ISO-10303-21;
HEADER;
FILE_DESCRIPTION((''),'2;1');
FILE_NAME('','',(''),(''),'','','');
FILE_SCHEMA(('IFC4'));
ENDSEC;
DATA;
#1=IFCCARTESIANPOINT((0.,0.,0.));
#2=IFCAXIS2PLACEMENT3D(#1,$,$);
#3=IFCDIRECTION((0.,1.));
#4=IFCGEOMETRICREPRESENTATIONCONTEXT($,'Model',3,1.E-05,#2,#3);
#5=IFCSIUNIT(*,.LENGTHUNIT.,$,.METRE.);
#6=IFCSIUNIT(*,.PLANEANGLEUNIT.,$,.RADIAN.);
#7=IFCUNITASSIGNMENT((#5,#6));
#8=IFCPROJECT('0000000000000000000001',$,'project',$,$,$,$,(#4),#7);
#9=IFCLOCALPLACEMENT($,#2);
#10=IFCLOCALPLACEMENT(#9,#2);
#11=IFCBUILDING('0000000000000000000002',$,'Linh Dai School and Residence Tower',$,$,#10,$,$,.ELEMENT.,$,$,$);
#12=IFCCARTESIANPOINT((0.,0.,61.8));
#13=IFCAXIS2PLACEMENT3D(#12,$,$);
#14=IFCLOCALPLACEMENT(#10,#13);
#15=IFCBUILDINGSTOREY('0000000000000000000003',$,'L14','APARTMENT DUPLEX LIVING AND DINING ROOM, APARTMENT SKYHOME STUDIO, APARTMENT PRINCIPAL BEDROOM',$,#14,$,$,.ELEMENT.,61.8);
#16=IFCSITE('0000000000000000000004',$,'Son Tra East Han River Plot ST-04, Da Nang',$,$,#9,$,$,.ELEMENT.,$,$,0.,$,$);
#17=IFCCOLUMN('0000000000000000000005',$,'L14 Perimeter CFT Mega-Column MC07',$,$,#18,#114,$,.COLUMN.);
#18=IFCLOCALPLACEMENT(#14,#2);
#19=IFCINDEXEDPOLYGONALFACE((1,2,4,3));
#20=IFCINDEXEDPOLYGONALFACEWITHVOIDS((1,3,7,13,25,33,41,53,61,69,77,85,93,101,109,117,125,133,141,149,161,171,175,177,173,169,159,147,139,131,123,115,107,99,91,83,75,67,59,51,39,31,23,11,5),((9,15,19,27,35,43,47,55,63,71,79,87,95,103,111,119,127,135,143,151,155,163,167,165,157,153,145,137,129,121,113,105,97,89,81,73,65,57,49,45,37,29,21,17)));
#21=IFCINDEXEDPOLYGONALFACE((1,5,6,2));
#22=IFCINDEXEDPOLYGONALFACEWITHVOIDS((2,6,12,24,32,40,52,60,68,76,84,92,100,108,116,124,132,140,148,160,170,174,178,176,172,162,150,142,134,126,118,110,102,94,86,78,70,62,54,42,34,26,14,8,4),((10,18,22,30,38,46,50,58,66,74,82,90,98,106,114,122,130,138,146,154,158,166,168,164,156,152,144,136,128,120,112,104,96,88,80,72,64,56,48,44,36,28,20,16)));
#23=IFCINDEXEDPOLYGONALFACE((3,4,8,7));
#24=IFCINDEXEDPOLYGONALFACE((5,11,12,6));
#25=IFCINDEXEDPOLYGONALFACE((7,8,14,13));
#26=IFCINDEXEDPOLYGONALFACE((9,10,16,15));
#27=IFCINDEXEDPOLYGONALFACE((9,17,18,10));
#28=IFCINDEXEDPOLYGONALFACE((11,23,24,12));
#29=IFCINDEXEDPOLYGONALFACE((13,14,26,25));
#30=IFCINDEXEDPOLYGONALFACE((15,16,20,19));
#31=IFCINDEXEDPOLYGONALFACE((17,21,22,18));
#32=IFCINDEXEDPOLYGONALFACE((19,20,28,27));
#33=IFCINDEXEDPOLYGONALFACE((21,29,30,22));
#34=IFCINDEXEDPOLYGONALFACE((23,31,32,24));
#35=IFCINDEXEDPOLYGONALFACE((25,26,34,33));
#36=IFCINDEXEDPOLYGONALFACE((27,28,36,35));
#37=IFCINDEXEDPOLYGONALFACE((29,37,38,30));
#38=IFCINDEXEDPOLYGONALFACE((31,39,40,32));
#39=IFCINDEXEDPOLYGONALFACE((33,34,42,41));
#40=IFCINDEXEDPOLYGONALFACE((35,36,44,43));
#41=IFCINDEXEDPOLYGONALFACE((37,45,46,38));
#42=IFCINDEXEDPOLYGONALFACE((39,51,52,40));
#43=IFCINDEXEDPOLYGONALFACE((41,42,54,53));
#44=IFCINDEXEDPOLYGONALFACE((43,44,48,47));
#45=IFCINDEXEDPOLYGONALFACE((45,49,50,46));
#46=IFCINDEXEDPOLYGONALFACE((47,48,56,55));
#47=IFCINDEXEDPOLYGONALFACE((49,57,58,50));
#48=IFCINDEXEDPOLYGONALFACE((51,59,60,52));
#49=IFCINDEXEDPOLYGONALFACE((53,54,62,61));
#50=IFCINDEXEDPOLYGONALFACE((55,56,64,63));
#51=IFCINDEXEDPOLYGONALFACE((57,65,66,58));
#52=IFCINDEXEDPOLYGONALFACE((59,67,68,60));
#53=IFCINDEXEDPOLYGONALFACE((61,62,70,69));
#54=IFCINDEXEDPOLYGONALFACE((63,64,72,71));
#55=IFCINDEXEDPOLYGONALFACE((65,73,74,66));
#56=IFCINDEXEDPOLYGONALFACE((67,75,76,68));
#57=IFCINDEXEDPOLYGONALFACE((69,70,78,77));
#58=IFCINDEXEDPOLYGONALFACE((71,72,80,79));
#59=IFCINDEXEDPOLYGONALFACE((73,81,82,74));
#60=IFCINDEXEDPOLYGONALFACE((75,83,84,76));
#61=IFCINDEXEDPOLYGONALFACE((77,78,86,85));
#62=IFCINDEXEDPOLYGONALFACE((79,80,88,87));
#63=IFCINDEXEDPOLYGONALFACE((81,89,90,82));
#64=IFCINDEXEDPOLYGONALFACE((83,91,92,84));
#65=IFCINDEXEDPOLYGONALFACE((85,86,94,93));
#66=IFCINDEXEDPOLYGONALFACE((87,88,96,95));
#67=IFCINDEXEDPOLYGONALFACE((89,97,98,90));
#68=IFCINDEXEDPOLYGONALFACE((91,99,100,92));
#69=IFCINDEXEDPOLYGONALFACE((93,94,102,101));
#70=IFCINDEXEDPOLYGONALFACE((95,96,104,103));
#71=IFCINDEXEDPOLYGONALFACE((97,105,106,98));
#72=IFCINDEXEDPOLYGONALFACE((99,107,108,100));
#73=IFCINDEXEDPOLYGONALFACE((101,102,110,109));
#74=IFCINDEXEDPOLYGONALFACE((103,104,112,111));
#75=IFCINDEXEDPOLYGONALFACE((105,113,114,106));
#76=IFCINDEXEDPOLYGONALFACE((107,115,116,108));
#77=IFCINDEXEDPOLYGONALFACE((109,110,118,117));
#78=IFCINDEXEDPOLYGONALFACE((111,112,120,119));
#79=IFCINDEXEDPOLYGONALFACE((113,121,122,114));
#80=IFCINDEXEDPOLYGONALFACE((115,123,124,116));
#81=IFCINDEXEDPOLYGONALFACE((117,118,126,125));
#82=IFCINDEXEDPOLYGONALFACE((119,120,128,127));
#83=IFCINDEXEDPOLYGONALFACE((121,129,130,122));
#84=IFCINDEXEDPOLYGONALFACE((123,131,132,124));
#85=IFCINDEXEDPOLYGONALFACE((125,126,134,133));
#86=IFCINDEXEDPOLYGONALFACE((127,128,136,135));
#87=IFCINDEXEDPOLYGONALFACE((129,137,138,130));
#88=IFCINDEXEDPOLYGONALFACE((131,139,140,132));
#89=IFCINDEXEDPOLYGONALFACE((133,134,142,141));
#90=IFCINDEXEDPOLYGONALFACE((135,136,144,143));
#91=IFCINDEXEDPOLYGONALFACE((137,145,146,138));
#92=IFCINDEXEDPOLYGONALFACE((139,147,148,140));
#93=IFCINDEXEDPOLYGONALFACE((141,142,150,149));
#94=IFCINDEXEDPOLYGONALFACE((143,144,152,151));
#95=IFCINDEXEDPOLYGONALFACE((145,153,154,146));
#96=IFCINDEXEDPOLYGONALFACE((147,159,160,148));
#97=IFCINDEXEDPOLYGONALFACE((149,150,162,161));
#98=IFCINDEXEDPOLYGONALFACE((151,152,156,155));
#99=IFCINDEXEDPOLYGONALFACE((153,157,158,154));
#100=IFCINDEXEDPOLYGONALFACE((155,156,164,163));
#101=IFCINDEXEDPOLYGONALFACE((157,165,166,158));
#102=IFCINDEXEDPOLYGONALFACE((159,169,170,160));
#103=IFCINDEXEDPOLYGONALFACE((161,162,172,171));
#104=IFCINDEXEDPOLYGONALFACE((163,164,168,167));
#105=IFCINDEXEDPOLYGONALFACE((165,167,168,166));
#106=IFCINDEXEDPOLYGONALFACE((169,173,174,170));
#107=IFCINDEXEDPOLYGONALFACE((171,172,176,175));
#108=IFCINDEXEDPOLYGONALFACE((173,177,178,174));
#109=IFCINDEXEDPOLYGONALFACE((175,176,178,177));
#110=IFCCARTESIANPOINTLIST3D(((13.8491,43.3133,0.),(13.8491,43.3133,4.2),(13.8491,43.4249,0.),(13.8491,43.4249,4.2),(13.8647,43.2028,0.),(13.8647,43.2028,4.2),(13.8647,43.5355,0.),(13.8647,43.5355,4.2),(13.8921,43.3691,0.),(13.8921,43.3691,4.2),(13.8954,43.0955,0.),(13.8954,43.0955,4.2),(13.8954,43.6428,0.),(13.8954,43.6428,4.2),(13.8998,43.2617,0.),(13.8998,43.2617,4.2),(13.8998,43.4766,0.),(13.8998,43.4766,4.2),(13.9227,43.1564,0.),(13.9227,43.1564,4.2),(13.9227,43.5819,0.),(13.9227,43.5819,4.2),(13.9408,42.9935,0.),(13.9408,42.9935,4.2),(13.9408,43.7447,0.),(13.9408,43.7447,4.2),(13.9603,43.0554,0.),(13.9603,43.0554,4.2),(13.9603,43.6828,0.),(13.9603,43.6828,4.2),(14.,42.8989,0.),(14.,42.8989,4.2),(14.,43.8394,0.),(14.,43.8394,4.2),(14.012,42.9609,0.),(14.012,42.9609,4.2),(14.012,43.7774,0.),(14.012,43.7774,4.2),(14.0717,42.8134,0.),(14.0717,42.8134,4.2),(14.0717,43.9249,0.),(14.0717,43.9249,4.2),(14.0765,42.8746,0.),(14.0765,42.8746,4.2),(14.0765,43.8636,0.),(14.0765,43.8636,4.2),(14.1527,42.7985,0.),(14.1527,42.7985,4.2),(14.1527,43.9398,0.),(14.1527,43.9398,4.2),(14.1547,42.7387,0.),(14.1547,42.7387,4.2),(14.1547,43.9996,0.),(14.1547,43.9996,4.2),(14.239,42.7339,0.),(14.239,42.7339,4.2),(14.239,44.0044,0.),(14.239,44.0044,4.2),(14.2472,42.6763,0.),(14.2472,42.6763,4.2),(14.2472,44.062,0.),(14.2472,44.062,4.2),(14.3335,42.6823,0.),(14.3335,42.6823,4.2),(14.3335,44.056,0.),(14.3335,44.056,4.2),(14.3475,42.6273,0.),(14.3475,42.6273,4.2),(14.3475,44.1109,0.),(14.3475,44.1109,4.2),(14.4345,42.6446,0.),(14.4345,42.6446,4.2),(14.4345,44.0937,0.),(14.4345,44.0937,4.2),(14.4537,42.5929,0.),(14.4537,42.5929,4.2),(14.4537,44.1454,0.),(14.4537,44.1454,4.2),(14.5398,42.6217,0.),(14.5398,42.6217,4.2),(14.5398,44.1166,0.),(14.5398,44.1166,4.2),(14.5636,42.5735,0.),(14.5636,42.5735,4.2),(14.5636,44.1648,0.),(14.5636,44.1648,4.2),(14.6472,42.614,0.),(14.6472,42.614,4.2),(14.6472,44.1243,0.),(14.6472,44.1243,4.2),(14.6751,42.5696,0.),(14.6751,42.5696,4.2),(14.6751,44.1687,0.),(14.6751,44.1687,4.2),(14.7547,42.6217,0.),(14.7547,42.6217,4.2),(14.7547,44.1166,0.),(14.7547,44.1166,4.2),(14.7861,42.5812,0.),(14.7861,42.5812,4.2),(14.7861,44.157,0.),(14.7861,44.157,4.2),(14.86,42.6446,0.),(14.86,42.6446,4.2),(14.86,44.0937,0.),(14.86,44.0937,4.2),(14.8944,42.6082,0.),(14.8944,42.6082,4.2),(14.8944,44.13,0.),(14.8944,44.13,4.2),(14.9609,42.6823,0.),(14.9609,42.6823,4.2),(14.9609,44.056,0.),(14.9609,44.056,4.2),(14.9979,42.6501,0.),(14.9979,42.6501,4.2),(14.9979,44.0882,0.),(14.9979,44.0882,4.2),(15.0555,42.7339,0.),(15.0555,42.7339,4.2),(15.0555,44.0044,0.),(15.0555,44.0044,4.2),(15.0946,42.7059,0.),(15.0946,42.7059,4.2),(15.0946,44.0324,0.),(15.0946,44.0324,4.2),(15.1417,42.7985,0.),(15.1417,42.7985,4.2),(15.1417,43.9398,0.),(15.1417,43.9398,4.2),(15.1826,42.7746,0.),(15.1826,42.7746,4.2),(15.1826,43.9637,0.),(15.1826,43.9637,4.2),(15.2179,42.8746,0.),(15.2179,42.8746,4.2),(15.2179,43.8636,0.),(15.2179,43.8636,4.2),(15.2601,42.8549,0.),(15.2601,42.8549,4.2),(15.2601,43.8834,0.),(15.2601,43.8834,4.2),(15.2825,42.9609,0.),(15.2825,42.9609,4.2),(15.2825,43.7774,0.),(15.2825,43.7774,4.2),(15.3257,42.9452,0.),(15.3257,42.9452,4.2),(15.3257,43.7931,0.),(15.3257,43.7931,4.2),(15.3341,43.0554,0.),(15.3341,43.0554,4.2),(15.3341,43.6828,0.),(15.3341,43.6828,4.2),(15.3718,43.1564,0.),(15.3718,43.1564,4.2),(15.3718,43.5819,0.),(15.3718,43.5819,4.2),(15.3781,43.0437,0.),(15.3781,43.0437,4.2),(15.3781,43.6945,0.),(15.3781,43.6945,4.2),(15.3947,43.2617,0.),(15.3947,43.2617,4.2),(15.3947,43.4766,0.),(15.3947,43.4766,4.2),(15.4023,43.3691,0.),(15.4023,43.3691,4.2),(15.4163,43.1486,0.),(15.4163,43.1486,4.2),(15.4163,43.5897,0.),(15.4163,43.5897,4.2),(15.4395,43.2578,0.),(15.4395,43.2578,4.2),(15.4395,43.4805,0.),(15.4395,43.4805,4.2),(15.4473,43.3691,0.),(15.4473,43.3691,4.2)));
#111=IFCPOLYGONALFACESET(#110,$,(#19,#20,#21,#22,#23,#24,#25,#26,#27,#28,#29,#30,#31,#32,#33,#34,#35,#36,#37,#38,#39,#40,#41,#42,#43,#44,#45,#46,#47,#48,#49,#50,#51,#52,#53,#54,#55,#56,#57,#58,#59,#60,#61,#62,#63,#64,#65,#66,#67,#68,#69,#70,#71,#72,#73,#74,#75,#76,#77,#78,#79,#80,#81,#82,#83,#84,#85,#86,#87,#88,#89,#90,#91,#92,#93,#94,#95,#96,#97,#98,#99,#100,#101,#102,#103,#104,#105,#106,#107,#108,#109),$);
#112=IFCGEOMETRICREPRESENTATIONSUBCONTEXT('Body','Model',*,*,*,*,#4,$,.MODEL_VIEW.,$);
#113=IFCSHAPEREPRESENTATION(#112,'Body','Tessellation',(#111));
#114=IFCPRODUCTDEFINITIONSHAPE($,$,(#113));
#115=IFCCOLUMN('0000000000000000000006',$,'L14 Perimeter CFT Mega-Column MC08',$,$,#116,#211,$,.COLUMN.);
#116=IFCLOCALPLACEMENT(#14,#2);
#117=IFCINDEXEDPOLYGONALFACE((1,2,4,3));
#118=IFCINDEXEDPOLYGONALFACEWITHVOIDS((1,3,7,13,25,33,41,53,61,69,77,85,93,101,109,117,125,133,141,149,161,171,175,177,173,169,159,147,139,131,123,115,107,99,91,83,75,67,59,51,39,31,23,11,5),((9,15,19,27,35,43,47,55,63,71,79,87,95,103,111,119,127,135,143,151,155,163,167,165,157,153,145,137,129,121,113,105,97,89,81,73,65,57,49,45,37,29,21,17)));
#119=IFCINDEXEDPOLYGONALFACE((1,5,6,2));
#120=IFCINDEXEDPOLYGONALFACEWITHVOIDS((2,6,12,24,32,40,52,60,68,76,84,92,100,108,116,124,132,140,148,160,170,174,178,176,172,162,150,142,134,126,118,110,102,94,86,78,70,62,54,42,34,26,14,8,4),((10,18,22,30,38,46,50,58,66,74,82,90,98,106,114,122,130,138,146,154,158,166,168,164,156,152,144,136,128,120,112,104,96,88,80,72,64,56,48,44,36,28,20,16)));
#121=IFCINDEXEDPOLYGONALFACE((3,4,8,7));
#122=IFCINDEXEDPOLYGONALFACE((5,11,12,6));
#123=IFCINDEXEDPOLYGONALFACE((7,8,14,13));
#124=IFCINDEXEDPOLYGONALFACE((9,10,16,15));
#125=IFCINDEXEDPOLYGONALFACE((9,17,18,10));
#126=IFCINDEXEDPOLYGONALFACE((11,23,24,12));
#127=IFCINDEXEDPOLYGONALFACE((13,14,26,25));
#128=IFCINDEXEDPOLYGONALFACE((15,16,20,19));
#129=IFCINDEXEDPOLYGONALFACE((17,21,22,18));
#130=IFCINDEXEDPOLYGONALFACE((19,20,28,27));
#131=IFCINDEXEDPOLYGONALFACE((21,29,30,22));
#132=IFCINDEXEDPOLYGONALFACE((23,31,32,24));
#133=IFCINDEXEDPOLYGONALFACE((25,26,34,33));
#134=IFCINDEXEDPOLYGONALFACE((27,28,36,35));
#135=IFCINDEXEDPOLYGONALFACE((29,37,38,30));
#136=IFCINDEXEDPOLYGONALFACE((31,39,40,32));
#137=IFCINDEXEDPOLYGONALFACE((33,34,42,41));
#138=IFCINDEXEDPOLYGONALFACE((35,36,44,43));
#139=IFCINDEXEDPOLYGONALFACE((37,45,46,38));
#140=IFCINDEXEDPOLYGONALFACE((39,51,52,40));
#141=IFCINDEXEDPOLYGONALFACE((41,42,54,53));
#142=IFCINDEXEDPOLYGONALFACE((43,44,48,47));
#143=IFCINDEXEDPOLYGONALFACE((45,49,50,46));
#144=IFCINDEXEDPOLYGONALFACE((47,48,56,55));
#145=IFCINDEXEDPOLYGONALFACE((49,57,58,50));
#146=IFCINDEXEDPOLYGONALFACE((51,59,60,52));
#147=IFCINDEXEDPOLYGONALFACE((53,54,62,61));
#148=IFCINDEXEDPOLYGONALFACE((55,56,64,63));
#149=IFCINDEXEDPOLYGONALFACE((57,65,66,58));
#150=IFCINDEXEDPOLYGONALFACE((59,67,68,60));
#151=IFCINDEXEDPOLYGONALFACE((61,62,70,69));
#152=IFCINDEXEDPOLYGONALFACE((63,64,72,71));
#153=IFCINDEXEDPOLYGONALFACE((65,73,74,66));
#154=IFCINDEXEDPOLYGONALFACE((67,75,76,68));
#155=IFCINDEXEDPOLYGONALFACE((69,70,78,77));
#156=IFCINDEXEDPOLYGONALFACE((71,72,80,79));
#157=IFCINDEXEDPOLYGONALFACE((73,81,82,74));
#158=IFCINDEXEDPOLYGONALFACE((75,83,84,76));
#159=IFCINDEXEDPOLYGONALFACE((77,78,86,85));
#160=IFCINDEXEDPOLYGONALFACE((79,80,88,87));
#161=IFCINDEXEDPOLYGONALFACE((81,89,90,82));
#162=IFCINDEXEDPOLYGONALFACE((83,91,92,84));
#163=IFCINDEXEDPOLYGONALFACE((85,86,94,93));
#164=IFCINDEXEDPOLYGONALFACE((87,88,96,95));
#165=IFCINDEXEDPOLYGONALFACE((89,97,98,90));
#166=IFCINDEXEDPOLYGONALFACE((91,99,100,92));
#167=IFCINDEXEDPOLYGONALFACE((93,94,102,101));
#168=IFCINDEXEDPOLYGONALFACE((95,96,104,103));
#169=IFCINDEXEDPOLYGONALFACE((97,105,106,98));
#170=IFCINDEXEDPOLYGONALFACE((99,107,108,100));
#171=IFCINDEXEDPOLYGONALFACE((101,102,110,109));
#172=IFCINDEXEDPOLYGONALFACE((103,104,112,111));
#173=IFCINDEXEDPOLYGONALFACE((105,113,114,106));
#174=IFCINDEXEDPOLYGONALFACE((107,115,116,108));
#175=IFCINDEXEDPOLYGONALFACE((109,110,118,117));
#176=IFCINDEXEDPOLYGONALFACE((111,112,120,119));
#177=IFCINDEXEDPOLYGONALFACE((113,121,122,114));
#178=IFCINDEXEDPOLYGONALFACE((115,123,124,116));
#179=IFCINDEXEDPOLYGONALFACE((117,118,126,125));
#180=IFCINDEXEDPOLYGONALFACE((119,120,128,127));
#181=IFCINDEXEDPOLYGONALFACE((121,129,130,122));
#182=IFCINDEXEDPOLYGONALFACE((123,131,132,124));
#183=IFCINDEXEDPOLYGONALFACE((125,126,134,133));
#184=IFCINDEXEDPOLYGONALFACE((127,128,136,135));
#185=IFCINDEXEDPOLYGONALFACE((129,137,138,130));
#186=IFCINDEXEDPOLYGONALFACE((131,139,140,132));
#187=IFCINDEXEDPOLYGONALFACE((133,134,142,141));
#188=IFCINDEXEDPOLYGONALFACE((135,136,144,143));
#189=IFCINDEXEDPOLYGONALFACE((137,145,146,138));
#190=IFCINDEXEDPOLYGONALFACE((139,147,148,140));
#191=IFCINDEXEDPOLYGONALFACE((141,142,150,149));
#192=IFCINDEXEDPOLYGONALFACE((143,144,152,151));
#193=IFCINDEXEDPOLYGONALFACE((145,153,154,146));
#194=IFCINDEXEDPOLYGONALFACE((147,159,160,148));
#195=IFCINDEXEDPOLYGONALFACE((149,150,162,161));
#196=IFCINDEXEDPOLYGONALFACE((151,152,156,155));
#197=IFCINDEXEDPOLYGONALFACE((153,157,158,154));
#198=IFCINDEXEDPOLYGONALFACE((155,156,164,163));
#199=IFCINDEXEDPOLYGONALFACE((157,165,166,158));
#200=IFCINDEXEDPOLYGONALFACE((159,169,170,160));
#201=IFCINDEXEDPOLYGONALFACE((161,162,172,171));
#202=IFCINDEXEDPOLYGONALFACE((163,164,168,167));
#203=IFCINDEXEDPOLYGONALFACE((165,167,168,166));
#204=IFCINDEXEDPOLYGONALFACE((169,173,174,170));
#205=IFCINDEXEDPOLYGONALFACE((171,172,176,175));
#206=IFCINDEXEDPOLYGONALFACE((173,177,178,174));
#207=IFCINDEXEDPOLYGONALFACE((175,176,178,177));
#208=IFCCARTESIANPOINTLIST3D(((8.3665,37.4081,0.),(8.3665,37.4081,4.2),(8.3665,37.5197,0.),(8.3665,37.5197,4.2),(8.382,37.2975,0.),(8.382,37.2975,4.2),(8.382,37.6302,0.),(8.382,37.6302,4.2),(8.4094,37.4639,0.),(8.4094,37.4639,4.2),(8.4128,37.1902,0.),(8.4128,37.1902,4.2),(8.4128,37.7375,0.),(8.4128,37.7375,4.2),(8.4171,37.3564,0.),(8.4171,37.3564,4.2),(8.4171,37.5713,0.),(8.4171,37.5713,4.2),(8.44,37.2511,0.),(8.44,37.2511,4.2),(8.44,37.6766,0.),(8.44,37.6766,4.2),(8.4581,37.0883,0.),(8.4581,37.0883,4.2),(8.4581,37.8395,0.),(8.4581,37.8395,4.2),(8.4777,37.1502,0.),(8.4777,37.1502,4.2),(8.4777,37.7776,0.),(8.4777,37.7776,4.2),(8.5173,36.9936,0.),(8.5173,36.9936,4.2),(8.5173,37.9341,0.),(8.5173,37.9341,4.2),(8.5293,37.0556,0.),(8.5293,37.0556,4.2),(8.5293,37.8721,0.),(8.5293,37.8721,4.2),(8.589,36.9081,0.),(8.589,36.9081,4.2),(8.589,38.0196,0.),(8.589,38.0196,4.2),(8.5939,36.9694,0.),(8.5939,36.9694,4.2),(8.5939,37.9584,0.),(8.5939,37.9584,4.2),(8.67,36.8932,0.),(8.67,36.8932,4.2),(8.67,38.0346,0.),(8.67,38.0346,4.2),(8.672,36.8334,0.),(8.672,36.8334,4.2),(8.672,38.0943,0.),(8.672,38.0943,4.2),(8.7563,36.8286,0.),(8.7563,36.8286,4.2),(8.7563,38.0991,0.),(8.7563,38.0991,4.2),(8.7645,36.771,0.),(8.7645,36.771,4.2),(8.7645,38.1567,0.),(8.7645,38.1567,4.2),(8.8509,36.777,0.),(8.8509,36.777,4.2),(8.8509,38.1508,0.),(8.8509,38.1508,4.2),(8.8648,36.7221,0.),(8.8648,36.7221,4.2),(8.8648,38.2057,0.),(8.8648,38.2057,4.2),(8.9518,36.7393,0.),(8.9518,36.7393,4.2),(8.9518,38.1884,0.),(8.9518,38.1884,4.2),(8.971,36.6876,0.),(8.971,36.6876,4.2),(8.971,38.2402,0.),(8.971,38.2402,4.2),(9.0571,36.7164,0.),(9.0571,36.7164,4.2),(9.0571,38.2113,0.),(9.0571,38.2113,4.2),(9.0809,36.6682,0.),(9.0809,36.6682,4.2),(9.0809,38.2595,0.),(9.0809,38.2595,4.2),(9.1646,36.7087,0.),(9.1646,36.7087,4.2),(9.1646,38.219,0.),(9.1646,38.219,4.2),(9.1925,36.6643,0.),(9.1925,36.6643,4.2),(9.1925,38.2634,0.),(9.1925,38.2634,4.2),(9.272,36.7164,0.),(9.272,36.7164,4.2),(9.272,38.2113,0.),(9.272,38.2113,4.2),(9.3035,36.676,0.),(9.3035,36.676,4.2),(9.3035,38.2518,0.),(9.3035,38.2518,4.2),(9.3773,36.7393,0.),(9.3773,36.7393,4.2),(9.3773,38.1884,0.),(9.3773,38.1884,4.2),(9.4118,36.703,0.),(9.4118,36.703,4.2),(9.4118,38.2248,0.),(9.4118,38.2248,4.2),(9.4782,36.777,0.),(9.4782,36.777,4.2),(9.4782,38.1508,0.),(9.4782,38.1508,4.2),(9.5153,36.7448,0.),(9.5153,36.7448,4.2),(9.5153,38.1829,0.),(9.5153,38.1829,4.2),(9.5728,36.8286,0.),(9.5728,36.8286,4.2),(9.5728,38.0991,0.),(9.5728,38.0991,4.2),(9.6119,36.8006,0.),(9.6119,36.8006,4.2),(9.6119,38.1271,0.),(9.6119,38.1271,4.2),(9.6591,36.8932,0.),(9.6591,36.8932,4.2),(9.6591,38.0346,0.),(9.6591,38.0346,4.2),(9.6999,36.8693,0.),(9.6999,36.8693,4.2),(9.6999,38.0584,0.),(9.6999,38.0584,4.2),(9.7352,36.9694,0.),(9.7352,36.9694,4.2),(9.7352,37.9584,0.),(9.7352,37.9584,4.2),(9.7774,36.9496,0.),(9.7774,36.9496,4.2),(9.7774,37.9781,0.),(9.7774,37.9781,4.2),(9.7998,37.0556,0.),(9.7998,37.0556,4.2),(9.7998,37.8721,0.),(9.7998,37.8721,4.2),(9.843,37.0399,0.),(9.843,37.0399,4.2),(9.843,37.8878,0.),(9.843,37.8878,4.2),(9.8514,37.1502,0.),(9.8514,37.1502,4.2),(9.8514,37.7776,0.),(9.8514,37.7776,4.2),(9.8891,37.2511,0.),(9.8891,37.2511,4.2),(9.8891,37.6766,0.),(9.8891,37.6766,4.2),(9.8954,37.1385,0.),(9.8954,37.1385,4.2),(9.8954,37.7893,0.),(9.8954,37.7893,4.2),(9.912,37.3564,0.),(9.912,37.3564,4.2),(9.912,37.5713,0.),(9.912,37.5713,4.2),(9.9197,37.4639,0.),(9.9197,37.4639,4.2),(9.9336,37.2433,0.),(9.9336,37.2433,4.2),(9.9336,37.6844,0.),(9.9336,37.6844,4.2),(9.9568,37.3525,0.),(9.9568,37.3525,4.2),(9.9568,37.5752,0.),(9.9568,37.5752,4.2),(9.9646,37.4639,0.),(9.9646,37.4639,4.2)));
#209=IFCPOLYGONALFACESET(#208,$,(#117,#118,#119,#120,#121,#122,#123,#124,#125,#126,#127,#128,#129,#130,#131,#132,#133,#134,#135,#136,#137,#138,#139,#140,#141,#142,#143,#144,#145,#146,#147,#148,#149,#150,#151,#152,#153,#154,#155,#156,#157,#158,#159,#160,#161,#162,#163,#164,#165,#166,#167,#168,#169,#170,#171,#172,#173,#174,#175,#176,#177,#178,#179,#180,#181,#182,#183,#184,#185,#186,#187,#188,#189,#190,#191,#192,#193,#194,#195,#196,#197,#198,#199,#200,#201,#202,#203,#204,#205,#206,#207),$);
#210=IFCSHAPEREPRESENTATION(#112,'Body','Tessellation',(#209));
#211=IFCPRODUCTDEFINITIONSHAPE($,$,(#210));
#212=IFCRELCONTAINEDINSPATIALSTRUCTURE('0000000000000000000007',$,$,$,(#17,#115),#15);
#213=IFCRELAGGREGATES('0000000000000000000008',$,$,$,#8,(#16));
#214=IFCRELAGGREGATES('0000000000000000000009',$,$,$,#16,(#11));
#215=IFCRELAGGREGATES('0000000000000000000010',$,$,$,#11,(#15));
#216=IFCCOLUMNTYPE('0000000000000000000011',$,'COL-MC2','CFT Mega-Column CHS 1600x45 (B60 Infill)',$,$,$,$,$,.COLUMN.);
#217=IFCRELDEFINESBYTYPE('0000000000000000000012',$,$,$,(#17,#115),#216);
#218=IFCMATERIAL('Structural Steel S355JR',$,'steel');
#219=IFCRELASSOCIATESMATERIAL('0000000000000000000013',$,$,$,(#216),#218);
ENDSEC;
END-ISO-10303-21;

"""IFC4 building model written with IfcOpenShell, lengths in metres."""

from ifc_helpers import new_model, si_unit, direction, frame, origin, origin_2d, place, context, subcontext, project, spatial, hollow_circle, extrude, material, material_profile, profile_set, type_object, element, save


model = new_model("IFC4")

# Units and contexts
model_context = context("Model", 3, precision=1e-05, world=origin(), true_north=direction((0.0, 1.0)))
body_context = subcontext(model_context, "Body", "Model", "MODEL_VIEW")
ifc_project = project(units=[si_unit("LENGTHUNIT", "METRE"), si_unit("PLANEANGLEUNIT", "RADIAN")], contexts=[model_context])

# Site, building, storey
site_placement = place(None, origin())
site = spatial("IfcSite", under=ifc_project, at=site_placement, Name="Son Tra East Han River Plot ST-04, Da Nang", CompositionType="ELEMENT", RefElevation=0.0)
building_placement = place(site_placement, origin())
building = spatial("IfcBuilding", under=site, at=building_placement, Name="Linh Dai School and Residence Tower", CompositionType="ELEMENT")
storey_placement = place(building_placement, frame((0.0, 0.0, 61.8)))
storey = spatial("IfcBuildingStorey", under=building, at=storey_placement, Name="L14", Description="APARTMENT DUPLEX LIVING AND DINING ROOM, APARTMENT SKYHOME STUDIO, APARTMENT PRINCIPAL BEDROOM", CompositionType="ELEMENT", Elevation=61.8)

# Columns
ifc_material_1 = material(Name="Structural Steel S355JR", Category="steel")
ifc_material_profile_1 = material_profile(ifc_material_1, hollow_circle(Radius=0.8, WallThickness=0.0449, at=origin_2d()), Name="CHS 1600x45")
ifc_profile_set_1 = profile_set([ifc_material_profile_1], Name="Structural Steel S355JR")
column_type = type_object("IfcColumnType", Name="COL-MC2", Description="CFT Mega-Column CHS 1600x45 (B60 Infill)", PredefinedType="COLUMN", material=ifc_profile_set_1)
for number, where, z_axis, x_axis, name in (
    (1, (14.6472, 43.3691, 0.0), (0.0, 0.0, 1.0), (1.0, 0.0, 0.0), "L14 Perimeter CFT Mega-Column MC07"),
    (2, (9.1646, 37.4639, 0.0), (0.0, 0.0, 1.0), (1.0, 0.0, 0.0), "L14 Perimeter CFT Mega-Column MC08"),
):
    element("IfcColumn", number, at=place(storey_placement, frame(where, z_axis=z_axis, x_axis=x_axis)), inside=storey, type_object=column_type, Name=name, PredefinedType="COLUMN", context=body_context, shape_type="SweptSolid", body=[
        extrude(hollow_circle(Radius=0.8, WallThickness=0.0449, at=origin_2d()), origin(), (0.0, 0.0, 1.0), 4.2),
    ])

save(model, "model.ifc")
